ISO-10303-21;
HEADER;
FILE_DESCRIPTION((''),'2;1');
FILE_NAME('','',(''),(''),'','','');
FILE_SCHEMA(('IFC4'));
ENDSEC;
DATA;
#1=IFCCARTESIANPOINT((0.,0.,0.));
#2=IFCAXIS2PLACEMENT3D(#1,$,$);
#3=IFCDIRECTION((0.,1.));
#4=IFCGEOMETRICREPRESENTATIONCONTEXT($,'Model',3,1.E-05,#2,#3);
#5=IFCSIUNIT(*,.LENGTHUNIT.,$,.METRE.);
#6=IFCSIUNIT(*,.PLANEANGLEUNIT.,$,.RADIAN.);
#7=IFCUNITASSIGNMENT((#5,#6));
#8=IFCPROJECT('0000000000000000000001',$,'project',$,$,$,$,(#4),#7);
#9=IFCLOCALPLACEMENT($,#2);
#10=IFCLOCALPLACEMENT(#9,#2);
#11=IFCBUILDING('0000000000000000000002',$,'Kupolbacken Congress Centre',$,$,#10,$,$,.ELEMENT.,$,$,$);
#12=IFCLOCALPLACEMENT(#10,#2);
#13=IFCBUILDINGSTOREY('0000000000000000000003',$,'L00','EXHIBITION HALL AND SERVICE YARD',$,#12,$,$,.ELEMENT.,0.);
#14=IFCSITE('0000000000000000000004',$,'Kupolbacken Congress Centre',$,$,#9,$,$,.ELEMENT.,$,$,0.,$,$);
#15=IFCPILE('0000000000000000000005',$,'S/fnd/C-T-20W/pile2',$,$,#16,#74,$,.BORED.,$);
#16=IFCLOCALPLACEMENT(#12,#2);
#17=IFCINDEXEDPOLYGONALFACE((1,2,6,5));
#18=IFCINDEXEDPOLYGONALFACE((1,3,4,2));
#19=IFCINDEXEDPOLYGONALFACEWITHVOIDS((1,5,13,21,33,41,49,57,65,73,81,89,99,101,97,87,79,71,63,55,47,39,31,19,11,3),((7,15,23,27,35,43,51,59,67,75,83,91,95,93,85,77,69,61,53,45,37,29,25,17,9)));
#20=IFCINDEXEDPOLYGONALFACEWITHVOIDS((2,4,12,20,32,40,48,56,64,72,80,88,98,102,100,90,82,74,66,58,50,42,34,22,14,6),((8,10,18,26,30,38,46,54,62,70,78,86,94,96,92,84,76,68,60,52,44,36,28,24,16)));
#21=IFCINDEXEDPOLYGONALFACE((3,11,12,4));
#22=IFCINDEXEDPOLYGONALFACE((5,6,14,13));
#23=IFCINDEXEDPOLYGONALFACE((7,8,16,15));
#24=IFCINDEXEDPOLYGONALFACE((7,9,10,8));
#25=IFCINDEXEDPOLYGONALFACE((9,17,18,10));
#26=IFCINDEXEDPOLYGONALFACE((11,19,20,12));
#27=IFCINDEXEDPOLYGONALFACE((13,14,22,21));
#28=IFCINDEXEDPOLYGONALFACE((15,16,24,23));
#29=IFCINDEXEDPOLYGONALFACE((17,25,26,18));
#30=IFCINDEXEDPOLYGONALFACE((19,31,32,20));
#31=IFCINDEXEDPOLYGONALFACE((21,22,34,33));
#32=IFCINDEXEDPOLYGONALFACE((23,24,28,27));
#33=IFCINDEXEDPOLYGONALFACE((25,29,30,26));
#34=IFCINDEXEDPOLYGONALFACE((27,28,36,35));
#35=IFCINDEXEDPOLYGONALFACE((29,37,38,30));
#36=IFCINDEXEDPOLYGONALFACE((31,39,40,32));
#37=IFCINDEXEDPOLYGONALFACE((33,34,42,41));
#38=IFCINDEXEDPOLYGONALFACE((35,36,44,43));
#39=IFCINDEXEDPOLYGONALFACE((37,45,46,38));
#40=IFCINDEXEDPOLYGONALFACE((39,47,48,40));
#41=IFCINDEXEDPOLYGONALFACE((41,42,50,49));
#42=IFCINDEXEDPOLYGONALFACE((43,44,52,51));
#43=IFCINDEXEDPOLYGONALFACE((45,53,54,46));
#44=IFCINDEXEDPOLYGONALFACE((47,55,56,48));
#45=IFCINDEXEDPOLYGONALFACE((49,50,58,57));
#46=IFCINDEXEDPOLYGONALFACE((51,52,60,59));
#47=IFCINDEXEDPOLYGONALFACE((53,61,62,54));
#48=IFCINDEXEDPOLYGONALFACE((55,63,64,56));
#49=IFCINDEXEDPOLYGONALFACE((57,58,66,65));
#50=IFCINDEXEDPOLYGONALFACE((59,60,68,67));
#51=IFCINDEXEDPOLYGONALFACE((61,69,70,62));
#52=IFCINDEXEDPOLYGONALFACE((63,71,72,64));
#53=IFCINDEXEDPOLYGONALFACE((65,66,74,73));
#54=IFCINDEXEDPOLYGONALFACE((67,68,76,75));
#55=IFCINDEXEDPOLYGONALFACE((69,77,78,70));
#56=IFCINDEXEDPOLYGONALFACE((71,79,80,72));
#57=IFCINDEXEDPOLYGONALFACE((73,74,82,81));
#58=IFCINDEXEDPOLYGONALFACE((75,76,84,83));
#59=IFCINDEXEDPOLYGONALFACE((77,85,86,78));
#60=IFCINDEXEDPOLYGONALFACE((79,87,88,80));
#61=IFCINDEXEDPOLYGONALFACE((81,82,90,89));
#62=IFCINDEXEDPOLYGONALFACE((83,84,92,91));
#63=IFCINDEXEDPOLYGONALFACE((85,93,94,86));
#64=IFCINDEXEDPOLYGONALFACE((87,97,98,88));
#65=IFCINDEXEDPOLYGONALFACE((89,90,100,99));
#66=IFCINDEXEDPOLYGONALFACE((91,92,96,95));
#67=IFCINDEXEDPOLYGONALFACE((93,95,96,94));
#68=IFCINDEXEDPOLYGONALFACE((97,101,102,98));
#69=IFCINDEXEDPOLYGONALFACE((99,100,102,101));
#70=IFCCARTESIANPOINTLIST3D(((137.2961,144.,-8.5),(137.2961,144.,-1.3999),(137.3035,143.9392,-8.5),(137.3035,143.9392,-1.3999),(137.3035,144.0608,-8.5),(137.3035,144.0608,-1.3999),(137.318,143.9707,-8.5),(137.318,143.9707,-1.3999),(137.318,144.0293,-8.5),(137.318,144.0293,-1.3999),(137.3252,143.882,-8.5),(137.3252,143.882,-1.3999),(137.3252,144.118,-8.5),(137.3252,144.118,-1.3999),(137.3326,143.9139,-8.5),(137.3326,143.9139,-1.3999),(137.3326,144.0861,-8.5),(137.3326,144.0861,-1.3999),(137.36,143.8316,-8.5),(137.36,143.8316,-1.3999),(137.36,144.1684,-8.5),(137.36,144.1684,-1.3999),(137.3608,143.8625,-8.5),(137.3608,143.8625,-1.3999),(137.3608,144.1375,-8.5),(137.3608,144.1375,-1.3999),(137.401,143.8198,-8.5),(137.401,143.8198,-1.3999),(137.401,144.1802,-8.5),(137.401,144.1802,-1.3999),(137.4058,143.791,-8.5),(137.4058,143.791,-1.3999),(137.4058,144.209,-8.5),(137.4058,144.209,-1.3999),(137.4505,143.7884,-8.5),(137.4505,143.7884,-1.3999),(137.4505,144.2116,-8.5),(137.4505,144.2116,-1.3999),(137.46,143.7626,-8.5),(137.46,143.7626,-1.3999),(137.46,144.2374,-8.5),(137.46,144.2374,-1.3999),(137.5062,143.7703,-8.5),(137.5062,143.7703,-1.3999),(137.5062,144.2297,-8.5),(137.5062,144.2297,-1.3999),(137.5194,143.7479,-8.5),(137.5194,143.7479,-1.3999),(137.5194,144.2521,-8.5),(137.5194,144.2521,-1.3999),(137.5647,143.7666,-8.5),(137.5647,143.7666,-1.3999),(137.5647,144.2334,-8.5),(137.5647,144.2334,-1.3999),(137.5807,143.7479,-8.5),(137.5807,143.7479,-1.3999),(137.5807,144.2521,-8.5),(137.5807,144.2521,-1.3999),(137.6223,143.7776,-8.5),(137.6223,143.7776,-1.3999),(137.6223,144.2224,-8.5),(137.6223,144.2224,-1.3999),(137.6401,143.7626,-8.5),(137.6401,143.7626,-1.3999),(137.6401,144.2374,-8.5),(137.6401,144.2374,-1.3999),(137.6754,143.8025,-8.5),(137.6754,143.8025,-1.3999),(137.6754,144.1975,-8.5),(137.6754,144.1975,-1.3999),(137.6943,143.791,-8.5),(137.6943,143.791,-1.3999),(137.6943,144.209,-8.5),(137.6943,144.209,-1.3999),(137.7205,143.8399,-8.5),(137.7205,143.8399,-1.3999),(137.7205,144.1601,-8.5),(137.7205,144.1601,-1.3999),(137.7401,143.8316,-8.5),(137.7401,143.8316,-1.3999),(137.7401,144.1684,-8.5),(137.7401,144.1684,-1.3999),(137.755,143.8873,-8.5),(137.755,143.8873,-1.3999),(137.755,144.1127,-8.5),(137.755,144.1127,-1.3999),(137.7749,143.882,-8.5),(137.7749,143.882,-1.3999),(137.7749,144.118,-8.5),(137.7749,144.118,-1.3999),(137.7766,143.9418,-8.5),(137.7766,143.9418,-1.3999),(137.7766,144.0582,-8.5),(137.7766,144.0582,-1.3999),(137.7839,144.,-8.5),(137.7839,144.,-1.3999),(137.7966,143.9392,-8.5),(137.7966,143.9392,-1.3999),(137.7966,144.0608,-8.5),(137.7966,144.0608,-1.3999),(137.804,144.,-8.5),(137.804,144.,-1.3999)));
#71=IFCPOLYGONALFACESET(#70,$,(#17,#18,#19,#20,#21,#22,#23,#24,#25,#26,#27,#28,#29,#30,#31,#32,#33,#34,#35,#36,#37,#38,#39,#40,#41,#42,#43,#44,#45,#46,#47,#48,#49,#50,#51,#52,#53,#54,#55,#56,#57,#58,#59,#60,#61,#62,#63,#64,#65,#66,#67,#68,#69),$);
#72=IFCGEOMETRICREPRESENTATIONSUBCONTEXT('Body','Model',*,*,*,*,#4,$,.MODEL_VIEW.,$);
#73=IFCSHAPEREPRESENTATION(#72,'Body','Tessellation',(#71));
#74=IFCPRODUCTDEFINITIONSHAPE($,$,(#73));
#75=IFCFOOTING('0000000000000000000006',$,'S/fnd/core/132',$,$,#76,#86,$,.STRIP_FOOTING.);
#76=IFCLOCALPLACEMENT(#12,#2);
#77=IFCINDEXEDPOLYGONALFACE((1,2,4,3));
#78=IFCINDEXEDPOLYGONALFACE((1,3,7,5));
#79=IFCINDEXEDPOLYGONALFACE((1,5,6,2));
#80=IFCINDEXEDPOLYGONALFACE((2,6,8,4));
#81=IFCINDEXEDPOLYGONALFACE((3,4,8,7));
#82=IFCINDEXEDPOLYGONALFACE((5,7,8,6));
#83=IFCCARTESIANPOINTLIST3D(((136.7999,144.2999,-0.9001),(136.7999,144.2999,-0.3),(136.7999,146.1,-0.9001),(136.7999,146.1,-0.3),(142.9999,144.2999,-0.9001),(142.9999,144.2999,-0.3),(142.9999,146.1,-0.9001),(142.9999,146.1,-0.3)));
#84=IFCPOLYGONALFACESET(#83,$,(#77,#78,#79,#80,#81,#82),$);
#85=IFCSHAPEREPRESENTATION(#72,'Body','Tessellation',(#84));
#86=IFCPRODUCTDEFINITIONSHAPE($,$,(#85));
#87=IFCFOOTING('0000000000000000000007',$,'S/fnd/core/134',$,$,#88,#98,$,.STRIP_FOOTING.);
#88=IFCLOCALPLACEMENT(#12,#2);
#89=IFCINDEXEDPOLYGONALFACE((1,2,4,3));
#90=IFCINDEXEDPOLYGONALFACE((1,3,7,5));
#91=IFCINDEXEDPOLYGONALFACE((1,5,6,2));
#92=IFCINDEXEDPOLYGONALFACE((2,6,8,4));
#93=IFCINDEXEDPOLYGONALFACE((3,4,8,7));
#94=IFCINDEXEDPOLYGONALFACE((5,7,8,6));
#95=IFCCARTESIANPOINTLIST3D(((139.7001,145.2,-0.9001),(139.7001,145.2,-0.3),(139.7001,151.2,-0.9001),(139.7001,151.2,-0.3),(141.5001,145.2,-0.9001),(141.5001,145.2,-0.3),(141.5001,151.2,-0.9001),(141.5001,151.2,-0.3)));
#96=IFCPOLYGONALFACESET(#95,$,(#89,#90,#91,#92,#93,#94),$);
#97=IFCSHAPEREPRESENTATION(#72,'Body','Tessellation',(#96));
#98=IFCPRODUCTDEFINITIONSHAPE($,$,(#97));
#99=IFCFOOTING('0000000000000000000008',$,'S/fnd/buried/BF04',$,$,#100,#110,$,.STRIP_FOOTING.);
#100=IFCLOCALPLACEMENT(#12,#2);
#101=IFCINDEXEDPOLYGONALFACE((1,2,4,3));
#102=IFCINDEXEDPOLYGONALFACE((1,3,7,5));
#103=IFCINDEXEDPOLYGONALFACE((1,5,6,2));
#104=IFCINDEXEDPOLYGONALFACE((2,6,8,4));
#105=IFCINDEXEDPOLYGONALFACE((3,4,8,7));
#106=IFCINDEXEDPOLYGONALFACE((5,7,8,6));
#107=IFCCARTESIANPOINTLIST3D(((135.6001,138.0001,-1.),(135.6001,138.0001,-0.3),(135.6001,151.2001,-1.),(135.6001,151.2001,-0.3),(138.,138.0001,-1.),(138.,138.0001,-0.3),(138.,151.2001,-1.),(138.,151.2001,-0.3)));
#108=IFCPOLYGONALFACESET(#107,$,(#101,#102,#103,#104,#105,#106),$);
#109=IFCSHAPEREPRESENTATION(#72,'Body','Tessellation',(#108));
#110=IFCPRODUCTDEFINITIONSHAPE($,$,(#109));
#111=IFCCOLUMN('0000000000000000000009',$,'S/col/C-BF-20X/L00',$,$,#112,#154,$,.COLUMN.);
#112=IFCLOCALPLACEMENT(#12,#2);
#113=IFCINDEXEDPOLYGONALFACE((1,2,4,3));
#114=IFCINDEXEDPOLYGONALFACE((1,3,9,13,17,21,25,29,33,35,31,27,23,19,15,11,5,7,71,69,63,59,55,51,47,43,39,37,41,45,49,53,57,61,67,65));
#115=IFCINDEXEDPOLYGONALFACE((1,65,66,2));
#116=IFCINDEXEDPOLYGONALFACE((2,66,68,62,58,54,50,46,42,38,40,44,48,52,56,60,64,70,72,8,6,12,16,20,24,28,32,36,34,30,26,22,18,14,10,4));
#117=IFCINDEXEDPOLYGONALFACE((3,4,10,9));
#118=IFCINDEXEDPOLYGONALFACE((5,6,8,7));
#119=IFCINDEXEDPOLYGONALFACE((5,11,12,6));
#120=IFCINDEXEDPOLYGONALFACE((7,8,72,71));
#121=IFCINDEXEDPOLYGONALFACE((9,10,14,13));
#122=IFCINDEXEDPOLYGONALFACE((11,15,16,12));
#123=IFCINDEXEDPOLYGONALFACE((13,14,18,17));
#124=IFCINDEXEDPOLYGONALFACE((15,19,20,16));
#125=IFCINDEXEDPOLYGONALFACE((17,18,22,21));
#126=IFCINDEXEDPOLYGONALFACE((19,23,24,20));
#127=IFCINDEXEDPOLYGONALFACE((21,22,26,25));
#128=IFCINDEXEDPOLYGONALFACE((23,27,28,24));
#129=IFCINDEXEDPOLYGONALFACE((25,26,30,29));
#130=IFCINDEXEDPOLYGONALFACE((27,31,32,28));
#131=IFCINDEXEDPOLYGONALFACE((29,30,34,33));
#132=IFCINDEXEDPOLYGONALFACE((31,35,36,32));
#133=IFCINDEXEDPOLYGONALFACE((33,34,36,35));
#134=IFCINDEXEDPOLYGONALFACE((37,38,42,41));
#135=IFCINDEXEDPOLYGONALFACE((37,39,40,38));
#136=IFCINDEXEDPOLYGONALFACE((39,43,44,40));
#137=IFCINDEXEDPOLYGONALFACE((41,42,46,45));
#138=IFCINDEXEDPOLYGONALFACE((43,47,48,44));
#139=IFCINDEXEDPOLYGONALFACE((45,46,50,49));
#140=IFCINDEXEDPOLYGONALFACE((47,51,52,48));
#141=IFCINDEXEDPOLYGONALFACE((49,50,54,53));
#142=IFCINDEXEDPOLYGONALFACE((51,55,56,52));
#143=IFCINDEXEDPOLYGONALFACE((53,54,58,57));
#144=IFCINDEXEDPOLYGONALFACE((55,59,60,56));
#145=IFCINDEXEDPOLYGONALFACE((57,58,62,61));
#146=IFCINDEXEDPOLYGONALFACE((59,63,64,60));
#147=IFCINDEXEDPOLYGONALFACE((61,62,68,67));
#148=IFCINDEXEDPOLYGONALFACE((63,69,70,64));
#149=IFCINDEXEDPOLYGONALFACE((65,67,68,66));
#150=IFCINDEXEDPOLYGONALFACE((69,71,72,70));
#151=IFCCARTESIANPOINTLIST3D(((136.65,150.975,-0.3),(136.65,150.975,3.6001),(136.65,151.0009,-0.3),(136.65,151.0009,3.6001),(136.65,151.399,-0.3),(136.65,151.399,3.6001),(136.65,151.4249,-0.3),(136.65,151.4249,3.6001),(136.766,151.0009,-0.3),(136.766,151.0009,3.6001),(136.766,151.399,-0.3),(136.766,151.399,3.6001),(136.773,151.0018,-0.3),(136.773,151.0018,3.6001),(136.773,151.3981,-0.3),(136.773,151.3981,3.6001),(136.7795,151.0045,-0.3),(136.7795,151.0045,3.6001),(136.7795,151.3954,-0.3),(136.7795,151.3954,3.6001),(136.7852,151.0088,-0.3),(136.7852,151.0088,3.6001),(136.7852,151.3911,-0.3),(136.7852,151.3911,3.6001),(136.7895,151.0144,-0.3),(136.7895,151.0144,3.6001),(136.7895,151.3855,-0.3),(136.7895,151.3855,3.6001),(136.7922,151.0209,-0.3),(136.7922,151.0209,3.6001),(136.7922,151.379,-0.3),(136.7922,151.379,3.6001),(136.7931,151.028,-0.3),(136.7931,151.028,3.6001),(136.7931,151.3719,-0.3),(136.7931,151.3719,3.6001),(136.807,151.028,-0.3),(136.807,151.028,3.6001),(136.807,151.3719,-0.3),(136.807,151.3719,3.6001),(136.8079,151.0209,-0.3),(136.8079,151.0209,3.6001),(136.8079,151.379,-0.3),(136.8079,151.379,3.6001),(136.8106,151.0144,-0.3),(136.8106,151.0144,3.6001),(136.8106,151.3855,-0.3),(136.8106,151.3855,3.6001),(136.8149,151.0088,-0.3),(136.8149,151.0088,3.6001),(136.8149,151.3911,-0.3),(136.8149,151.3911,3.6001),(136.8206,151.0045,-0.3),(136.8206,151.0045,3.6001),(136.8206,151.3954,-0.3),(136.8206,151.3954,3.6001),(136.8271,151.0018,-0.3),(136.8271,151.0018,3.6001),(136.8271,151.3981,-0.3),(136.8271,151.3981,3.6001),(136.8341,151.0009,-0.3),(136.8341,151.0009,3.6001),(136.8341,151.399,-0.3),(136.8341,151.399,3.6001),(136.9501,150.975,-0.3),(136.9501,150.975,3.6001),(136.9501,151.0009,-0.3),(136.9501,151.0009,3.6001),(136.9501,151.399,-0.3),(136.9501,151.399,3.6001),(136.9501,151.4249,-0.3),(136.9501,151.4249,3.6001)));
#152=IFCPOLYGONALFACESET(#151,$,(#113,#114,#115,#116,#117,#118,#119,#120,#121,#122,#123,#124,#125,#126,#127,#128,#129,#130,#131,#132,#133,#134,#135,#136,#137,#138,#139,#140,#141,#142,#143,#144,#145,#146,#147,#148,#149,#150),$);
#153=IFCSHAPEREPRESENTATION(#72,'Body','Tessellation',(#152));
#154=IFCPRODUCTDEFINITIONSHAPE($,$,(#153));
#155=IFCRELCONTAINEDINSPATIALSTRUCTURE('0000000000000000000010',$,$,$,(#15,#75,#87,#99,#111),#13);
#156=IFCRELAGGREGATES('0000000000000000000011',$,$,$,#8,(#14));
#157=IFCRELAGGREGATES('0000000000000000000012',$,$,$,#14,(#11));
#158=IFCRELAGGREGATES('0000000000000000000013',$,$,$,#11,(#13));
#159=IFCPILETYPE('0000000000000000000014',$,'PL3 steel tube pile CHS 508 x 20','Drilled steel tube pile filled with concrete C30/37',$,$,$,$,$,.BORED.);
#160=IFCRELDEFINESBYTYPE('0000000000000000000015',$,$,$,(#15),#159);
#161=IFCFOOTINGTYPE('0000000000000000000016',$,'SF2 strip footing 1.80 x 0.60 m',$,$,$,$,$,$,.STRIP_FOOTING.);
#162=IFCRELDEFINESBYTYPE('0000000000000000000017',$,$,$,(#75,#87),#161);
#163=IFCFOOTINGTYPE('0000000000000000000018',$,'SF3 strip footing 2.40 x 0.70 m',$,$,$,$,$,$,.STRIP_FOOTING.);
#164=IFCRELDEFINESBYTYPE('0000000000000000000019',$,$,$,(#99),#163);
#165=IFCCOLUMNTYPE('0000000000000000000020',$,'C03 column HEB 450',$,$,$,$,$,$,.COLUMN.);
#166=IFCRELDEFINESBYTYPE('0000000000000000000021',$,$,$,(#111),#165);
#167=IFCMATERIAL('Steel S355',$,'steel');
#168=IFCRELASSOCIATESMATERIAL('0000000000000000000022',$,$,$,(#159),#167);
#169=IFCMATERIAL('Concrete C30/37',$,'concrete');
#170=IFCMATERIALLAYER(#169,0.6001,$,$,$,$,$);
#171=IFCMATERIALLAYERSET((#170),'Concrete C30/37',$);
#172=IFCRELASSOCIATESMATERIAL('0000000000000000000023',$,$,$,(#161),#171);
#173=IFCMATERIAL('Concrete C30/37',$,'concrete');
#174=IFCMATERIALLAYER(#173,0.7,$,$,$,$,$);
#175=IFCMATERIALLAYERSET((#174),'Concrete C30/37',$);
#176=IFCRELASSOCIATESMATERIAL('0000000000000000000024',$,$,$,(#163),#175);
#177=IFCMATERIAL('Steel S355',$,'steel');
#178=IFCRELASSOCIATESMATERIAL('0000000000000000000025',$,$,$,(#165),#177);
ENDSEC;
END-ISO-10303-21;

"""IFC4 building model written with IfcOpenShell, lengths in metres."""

from ifc_helpers import new_model, si_unit, direction, frame, origin, origin_2d, place, context, subcontext, project, spatial, rectangle, hollow_circle, i_section, extrude, material, layer, layer_set, material_profile, profile_set, type_object, element, save


model = new_model("IFC4")

# Units and contexts
model_context = context("Model", 3, precision=1e-05, world=origin(), true_north=direction((0.0, 1.0)))
body_context = subcontext(model_context, "Body", "Model", "MODEL_VIEW")
ifc_project = project(units=[si_unit("LENGTHUNIT", "METRE"), si_unit("PLANEANGLEUNIT", "RADIAN")], contexts=[model_context])

# Site, building, storey
site_placement = place(None, origin())
site = spatial("IfcSite", under=ifc_project, at=site_placement, Name="Kupolbacken Congress Centre", CompositionType="ELEMENT", RefElevation=0.0)
building_placement = place(site_placement, origin())
building = spatial("IfcBuilding", under=site, at=building_placement, Name="Kupolbacken Congress Centre", CompositionType="ELEMENT")
storey_placement = place(building_placement, origin())
storey = spatial("IfcBuildingStorey", under=building, at=storey_placement, Name="L00", Description="EXHIBITION HALL AND SERVICE YARD", CompositionType="ELEMENT", Elevation=0.0)

# Pile
ifc_material_1 = material(Name="Steel S355", Category="steel")
ifc_material_profile_1 = material_profile(ifc_material_1, hollow_circle(Radius=0.2539, WallThickness=0.02, at=origin_2d()), Name="CHS 508 x 20")
ifc_profile_set_1 = profile_set([ifc_material_profile_1], Name="Steel S355")
pile_type = type_object("IfcPileType", Name="PL3 steel tube pile CHS 508 x 20", Description="Drilled steel tube pile filled with concrete C30/37", PredefinedType="BORED", material=ifc_profile_set_1)
pile_placement = place(storey_placement, frame((137.55, 144.0, -1.3999), z_axis=(0.0, 0.0, -1.0), x_axis=(1.0, 0.0, 0.0)))
element("IfcPile", 1, at=pile_placement, inside=storey, type_object=pile_type, Name="S/fnd/C-T-20W/pile2", PredefinedType="BORED", context=body_context, shape_type="SweptSolid", body=[
    extrude(hollow_circle(Radius=0.2539, WallThickness=0.02, at=origin_2d()), origin(), (0.0, 0.0, 1.0), 7.1001),
])

# Footings
ifc_material_2 = material(Name="Concrete C30/37", Category="concrete")
ifc_layer_1 = layer(ifc_material_2, 0.6001)
ifc_layer_set_1 = layer_set([ifc_layer_1], Name="Concrete C30/37")
footing_type_1 = type_object("IfcFootingType", Name="SF2 strip footing 1.80 x 0.60 m", PredefinedType="STRIP_FOOTING", material=ifc_layer_set_1)
footing_1_placement = place(storey_placement, frame((139.8999, 145.2, -0.9001), z_axis=(0.0, 0.0, 1.0), x_axis=(1.0, 0.0, 0.0)))
element("IfcFooting", 2, at=footing_1_placement, inside=storey, type_object=footing_type_1, Name="S/fnd/core/132", PredefinedType="STRIP_FOOTING", context=body_context, shape_type="SweptSolid", body=[
    extrude(rectangle(XDim=6.2, YDim=1.8, at=origin_2d()), origin(), (0.0, 0.0, 1.0), 0.6001),
])
footing_2_placement = place(storey_placement, frame((140.6001, 148.2, -0.9001), z_axis=(0.0, 0.0, 1.0), x_axis=(0.0, 1.0, 0.0)))
element("IfcFooting", 3, at=footing_2_placement, inside=storey, type_object=footing_type_1, Name="S/fnd/core/134", PredefinedType="STRIP_FOOTING", context=body_context, shape_type="SweptSolid", body=[
    extrude(rectangle(XDim=6.0, YDim=1.8, at=origin_2d()), origin(), (0.0, 0.0, 1.0), 0.6001),
])
ifc_material_3 = material(Name="Concrete C30/37", Category="concrete")
ifc_layer_2 = layer(ifc_material_3, 0.7)
ifc_layer_set_2 = layer_set([ifc_layer_2], Name="Concrete C30/37")
footing_type_2 = type_object("IfcFootingType", Name="SF3 strip footing 2.40 x 0.70 m", PredefinedType="STRIP_FOOTING", material=ifc_layer_set_2)
footing_3_placement = place(storey_placement, frame((136.8, 144.6001, -1.0), z_axis=(0.0, 0.0, 1.0), x_axis=(0.0, 1.0, 0.0)))
element("IfcFooting", 4, at=footing_3_placement, inside=storey, type_object=footing_type_2, Name="S/fnd/buried/BF04", PredefinedType="STRIP_FOOTING", context=body_context, shape_type="SweptSolid", body=[
    extrude(rectangle(XDim=13.2, YDim=2.3999, at=origin_2d()), origin(), (0.0, 0.0, 1.0), 0.7),
])

# Column
ifc_material_4 = material(Name="Steel S355", Category="steel")
ifc_material_profile_2 = material_profile(ifc_material_4, i_section(OverallWidth=0.3, OverallDepth=0.45, WebThickness=0.0139, FlangeThickness=0.0259, FilletRadius=0.0271, at=origin_2d()), Name="HEB 450")
ifc_profile_set_2 = profile_set([ifc_material_profile_2], Name="Steel S355")
column_type_1 = type_object("IfcColumnType", Name="C03 column HEB 450", PredefinedType="COLUMN", material=ifc_profile_set_2)
column_placement = place(storey_placement, frame((136.8, 151.2, -0.3), z_axis=(0.0, 0.0, 1.0), x_axis=(1.0, 0.0, 0.0)))
element("IfcColumn", 5, at=column_placement, inside=storey, type_object=column_type_1, Name="S/col/C-BF-20X/L00", PredefinedType="COLUMN", context=body_context, shape_type="SweptSolid", body=[
    extrude(i_section(OverallWidth=0.3, OverallDepth=0.45, WebThickness=0.0139, FlangeThickness=0.0259, FilletRadius=0.0271, at=origin_2d()), origin(), (0.0, 0.0, 1.0), 3.9001),
])

save(model, "model.ifc")
